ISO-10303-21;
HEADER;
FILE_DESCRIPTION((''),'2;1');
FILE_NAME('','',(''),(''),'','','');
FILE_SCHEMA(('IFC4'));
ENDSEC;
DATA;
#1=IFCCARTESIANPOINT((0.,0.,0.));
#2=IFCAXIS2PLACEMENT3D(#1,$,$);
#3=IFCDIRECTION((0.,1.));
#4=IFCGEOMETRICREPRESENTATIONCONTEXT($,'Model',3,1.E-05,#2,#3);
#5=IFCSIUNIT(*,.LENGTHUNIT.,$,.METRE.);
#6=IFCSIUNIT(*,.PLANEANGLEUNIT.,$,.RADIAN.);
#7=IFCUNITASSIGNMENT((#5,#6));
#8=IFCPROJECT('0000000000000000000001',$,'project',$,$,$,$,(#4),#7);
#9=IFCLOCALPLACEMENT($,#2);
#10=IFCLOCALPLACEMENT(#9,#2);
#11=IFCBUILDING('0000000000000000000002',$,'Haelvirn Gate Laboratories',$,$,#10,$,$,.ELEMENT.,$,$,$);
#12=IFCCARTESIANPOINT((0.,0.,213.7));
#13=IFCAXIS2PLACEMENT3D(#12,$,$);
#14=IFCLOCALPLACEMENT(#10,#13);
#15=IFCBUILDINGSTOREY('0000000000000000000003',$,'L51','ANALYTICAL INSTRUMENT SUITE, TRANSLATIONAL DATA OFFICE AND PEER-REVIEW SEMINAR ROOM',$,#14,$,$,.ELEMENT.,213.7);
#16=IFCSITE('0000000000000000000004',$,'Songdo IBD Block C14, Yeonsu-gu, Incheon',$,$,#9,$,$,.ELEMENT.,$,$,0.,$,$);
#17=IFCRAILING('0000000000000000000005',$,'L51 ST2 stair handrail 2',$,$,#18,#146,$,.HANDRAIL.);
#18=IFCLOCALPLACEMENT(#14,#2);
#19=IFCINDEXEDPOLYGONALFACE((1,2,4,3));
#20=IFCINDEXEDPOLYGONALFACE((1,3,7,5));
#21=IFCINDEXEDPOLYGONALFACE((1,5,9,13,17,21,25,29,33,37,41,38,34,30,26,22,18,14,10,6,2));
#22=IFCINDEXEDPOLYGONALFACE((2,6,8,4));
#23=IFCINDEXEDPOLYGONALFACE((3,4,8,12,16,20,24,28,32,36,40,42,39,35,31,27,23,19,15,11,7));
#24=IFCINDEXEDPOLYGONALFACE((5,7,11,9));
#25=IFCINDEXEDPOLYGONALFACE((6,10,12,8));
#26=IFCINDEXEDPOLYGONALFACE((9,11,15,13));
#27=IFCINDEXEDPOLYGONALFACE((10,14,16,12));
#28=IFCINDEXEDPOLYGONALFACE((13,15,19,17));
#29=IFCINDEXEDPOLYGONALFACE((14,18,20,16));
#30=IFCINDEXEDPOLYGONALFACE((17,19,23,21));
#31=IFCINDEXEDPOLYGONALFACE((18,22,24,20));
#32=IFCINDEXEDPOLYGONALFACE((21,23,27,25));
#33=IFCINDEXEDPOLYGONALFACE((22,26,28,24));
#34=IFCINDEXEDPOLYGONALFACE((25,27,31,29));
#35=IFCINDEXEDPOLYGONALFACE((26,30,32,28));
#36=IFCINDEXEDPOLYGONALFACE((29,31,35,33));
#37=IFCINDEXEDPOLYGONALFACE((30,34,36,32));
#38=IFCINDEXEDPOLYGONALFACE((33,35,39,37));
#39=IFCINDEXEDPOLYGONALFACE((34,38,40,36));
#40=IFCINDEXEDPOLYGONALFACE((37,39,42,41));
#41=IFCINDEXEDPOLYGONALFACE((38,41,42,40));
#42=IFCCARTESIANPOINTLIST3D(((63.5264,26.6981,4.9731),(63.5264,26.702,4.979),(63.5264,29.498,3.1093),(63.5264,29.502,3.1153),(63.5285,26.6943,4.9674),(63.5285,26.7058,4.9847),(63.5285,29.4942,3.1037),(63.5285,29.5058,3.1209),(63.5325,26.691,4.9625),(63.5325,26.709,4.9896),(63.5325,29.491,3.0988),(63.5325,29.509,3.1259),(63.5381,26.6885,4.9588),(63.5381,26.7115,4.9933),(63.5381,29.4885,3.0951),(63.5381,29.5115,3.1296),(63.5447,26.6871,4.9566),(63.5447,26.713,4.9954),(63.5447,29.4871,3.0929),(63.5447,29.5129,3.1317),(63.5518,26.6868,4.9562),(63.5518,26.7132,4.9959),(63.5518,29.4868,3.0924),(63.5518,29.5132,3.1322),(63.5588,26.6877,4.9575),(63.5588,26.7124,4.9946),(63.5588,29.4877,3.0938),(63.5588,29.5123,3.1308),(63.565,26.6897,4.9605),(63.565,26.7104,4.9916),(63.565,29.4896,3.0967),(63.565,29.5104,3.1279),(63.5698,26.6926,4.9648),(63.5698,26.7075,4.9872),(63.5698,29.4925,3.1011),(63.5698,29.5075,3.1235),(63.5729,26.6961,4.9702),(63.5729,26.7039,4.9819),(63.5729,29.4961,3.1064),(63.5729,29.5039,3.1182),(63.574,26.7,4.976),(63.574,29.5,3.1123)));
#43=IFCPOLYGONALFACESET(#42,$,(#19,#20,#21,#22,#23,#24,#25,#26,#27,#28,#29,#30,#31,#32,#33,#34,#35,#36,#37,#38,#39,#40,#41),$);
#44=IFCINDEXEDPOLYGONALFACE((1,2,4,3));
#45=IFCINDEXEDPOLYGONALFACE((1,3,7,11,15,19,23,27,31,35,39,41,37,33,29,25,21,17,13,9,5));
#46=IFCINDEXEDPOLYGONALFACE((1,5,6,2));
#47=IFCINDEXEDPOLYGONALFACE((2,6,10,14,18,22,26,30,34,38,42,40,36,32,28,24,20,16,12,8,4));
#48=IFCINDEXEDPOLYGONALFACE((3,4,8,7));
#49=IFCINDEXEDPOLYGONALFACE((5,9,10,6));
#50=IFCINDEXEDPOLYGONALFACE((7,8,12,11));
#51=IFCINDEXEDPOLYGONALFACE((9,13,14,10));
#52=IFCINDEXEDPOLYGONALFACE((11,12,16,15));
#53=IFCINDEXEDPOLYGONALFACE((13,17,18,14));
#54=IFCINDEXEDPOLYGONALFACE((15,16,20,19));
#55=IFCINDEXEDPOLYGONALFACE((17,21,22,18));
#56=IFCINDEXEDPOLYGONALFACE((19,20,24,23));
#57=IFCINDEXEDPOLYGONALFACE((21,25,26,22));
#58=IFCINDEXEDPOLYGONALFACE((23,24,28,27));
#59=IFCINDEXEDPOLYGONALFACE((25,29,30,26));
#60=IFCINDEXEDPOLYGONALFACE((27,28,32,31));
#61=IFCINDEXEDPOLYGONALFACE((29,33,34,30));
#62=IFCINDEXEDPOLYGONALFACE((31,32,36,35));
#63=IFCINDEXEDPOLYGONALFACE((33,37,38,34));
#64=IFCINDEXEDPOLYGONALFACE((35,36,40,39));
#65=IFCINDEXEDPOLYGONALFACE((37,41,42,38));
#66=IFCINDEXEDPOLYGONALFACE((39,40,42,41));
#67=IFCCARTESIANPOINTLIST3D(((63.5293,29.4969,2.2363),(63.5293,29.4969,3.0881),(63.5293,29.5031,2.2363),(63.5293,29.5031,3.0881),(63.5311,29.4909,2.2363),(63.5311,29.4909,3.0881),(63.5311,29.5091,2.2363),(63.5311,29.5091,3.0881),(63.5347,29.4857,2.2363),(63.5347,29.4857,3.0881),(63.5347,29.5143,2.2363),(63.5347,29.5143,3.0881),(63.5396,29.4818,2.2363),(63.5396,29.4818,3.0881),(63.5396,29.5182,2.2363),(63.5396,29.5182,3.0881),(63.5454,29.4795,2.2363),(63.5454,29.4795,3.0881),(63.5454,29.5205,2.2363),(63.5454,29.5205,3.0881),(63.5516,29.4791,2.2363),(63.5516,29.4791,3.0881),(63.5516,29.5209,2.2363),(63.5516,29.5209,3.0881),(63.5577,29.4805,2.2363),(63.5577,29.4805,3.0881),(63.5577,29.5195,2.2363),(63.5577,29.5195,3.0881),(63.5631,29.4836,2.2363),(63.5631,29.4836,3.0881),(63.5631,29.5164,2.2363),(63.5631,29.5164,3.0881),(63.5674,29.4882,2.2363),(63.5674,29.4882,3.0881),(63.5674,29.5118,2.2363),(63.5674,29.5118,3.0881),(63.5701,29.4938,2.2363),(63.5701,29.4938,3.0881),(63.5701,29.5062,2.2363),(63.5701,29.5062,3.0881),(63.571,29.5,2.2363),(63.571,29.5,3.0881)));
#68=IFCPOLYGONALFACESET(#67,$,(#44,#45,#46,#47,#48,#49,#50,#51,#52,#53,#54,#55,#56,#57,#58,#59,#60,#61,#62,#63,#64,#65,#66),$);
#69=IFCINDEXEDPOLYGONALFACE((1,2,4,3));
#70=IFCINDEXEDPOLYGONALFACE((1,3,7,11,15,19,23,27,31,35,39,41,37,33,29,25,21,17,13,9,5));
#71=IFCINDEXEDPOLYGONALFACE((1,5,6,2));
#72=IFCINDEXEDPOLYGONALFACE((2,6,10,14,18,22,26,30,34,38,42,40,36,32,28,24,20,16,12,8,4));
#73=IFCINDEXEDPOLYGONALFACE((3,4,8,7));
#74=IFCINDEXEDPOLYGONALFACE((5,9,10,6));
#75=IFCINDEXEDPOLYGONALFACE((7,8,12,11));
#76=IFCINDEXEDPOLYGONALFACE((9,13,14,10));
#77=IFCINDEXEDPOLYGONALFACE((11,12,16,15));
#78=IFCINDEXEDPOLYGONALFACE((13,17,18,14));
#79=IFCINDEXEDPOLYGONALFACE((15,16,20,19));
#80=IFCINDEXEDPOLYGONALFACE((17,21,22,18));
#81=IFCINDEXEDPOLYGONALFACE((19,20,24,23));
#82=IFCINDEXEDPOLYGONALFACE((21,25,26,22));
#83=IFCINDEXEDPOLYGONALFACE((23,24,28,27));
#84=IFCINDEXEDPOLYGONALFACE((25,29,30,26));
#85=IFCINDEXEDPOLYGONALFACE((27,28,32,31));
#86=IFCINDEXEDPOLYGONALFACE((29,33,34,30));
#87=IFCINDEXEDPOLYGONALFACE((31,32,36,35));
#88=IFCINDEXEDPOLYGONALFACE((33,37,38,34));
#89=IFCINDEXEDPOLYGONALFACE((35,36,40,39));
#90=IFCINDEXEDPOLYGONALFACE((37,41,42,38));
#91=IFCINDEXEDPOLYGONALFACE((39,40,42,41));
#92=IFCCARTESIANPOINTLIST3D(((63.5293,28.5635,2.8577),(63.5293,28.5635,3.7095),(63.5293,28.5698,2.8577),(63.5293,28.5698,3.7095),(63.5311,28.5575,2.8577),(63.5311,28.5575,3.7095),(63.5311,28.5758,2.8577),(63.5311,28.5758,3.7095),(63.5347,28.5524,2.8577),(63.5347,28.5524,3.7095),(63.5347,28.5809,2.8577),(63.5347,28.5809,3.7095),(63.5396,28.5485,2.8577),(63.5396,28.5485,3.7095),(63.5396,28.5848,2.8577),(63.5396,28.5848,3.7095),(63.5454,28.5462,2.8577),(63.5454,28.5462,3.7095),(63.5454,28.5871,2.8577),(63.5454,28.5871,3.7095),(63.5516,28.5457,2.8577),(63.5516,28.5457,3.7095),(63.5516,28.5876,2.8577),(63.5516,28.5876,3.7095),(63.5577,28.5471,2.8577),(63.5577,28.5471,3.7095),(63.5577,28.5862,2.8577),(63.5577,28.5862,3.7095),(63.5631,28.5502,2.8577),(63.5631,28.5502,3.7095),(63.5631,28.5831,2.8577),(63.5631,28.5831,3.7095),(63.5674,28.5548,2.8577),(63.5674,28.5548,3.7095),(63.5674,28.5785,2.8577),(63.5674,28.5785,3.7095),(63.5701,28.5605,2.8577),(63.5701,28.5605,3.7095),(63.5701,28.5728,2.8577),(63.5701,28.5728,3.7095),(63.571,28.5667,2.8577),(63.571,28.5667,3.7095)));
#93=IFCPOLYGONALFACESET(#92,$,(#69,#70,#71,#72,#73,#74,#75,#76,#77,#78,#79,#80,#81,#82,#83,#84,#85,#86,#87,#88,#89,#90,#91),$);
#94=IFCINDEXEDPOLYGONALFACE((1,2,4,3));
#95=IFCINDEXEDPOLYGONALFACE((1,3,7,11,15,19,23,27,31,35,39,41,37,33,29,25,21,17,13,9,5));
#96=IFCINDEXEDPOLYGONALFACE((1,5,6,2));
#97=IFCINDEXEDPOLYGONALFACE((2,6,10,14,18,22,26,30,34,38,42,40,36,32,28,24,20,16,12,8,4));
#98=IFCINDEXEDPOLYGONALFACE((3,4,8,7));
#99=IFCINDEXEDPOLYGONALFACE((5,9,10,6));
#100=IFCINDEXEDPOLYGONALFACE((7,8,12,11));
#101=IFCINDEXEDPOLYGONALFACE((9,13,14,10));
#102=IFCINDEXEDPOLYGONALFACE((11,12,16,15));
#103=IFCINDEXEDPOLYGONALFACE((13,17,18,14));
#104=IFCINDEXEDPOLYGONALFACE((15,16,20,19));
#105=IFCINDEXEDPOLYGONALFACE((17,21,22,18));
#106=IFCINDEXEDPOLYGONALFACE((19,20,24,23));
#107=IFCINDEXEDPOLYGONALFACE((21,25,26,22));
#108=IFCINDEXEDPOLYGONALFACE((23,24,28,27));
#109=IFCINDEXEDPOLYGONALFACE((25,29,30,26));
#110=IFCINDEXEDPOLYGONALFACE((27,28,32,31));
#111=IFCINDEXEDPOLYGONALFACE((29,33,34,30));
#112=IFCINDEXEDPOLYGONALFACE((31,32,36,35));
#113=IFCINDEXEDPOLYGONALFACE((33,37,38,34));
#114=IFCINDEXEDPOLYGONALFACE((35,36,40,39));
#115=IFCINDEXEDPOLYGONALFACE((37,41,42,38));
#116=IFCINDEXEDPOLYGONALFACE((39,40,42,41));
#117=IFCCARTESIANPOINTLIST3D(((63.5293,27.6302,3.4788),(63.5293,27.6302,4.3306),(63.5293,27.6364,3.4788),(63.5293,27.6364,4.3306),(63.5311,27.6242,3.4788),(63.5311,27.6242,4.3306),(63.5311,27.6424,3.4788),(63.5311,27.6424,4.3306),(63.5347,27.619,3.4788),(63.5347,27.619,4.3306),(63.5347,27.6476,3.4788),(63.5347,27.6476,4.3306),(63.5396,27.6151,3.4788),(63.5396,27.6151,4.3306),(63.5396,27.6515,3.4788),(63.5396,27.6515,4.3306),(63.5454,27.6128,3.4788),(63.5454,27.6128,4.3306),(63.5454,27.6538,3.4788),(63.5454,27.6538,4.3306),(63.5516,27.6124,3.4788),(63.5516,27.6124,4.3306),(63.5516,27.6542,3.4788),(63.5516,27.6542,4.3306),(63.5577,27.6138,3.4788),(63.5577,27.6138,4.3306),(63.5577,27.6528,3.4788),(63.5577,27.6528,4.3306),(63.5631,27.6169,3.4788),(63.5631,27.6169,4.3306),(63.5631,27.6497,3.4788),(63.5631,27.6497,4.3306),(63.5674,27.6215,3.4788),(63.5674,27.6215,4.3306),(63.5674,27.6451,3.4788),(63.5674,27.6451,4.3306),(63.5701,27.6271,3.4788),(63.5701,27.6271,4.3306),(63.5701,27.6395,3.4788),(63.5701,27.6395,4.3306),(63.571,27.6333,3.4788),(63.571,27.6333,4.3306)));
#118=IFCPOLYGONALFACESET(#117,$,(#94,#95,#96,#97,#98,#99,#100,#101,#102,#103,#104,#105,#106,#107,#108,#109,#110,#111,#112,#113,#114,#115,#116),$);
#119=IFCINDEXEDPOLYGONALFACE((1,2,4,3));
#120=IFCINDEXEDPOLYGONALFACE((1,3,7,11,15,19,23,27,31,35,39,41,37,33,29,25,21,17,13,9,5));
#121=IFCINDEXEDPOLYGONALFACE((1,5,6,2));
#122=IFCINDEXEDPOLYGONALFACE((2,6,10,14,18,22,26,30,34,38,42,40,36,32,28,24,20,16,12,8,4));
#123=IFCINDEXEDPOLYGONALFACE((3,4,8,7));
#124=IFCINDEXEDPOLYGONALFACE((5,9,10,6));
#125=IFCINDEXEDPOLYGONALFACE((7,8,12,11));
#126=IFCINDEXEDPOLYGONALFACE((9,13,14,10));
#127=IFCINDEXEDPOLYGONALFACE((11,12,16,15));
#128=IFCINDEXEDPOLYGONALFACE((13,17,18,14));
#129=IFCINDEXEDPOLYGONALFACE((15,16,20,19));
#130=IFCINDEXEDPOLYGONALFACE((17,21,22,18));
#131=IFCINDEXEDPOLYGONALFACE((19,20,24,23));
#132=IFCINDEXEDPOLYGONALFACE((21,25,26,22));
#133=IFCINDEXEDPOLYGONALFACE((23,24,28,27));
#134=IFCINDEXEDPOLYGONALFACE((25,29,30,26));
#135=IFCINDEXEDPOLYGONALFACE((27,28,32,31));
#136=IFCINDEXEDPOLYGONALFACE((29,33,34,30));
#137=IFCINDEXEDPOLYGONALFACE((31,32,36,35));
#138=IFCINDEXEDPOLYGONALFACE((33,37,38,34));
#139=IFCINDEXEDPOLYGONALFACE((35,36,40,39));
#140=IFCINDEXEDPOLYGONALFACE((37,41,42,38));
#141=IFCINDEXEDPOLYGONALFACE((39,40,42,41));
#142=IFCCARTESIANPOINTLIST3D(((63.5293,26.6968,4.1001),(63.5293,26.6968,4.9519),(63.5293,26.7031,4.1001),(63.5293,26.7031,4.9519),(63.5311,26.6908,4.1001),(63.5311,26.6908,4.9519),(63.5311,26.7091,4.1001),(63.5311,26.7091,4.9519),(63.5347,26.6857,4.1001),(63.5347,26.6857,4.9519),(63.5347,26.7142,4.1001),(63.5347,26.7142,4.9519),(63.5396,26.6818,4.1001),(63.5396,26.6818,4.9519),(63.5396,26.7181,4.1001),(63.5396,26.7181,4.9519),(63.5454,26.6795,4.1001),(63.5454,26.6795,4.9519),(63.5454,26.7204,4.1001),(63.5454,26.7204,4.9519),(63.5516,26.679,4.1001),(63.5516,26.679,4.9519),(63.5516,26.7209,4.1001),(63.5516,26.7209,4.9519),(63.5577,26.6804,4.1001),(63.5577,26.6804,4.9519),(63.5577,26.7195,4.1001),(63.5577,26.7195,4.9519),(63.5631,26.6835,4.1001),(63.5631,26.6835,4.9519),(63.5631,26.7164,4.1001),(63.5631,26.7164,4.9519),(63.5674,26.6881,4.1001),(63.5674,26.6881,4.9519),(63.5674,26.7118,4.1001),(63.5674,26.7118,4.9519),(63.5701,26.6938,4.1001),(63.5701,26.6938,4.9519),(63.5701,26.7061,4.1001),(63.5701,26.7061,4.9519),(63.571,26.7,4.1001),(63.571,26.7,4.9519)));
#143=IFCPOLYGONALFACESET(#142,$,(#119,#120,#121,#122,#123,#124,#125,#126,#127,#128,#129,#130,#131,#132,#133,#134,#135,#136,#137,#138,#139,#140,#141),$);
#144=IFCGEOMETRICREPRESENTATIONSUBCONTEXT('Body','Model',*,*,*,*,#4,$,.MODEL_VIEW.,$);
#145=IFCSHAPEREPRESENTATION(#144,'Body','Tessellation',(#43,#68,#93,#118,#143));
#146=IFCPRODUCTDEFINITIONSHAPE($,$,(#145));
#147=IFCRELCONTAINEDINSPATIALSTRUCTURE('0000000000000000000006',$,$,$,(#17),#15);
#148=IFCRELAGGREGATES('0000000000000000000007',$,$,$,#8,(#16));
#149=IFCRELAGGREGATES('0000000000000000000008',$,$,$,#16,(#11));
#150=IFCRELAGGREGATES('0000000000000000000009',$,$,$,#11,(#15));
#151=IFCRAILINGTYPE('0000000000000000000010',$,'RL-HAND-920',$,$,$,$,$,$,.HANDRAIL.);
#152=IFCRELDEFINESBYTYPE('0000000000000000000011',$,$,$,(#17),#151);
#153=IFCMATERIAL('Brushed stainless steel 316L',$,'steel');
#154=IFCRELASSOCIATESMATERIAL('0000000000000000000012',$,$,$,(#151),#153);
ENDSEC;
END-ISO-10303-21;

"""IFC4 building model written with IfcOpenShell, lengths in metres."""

from ifc_helpers import new_model, si_unit, direction, frame, origin, origin_2d, place, context, subcontext, project, spatial, circle, extrude, source, transform, mapped, material, type_object, element, save


model = new_model("IFC4")

# Units and contexts
model_context = context("Model", 3, precision=1e-05, world=origin(), true_north=direction((0.0, 1.0)))
body_context = subcontext(model_context, "Body", "Model", "MODEL_VIEW")
ifc_project = project(units=[si_unit("LENGTHUNIT", "METRE"), si_unit("PLANEANGLEUNIT", "RADIAN")], contexts=[model_context])

# Site, building, storey
site_placement = place(None, origin())
site = spatial("IfcSite", under=ifc_project, at=site_placement, Name="Songdo IBD Block C14, Yeonsu-gu, Incheon", CompositionType="ELEMENT", RefElevation=0.0)
building_placement = place(site_placement, origin())
building = spatial("IfcBuilding", under=site, at=building_placement, Name="Haelvirn Gate Laboratories", CompositionType="ELEMENT")
storey_placement = place(building_placement, frame((0.0, 0.0, 213.7)))
storey = spatial("IfcBuildingStorey", under=building, at=storey_placement, Name="L51", Description="ANALYTICAL INSTRUMENT SUITE, TRANSLATIONAL DATA OFFICE AND PEER-REVIEW SEMINAR ROOM", CompositionType="ELEMENT", Elevation=213.7)

# Railing
ifc_material_1 = material(Name="Brushed stainless steel 316L", Category="steel")
railing_type_1 = type_object("IfcRailingType", Name="RL-HAND-920", PredefinedType="HANDRAIL", material=ifc_material_1)
shared_shape_1 = source(origin(), body_context, "Body", "SweptSolid", [
    extrude(circle(Radius=0.0239, at=origin_2d()), frame((0.0, 0.0, 0.876), z_axis=(0.0, -0.832452, 0.554097), x_axis=(1.0, 0.0, 0.0)), (0.0, 0.0, 1.0), 3.3635),
    extrude(circle(Radius=0.021, at=origin_2d()), origin(), (0.0, 0.0, 1.0), 0.8518),
    extrude(circle(Radius=0.021, at=origin_2d()), frame((0.0, -0.9333, 0.6213)), (0.0, 0.0, 1.0), 0.8518),
    extrude(circle(Radius=0.021, at=origin_2d()), frame((0.0, -1.8667, 1.2424)), (0.0, 0.0, 1.0), 0.8518),
    extrude(circle(Radius=0.021, at=origin_2d()), frame((0.0, -2.8, 1.8638)), (0.0, 0.0, 1.0), 0.8518),
])
railing_1_placement = place(storey_placement, frame((63.55, 29.5, 2.2363)))
element("IfcRailing", 1, at=railing_1_placement, inside=storey, type_object=railing_type_1, Name="L51 ST2 stair handrail 2", PredefinedType="HANDRAIL", context=body_context, shape_type="MappedRepresentation", body=[
    mapped(shared_shape_1, transform((0.0, 0.0, 0.0), scale=1.0)),
])

save(model, "model.ifc")
